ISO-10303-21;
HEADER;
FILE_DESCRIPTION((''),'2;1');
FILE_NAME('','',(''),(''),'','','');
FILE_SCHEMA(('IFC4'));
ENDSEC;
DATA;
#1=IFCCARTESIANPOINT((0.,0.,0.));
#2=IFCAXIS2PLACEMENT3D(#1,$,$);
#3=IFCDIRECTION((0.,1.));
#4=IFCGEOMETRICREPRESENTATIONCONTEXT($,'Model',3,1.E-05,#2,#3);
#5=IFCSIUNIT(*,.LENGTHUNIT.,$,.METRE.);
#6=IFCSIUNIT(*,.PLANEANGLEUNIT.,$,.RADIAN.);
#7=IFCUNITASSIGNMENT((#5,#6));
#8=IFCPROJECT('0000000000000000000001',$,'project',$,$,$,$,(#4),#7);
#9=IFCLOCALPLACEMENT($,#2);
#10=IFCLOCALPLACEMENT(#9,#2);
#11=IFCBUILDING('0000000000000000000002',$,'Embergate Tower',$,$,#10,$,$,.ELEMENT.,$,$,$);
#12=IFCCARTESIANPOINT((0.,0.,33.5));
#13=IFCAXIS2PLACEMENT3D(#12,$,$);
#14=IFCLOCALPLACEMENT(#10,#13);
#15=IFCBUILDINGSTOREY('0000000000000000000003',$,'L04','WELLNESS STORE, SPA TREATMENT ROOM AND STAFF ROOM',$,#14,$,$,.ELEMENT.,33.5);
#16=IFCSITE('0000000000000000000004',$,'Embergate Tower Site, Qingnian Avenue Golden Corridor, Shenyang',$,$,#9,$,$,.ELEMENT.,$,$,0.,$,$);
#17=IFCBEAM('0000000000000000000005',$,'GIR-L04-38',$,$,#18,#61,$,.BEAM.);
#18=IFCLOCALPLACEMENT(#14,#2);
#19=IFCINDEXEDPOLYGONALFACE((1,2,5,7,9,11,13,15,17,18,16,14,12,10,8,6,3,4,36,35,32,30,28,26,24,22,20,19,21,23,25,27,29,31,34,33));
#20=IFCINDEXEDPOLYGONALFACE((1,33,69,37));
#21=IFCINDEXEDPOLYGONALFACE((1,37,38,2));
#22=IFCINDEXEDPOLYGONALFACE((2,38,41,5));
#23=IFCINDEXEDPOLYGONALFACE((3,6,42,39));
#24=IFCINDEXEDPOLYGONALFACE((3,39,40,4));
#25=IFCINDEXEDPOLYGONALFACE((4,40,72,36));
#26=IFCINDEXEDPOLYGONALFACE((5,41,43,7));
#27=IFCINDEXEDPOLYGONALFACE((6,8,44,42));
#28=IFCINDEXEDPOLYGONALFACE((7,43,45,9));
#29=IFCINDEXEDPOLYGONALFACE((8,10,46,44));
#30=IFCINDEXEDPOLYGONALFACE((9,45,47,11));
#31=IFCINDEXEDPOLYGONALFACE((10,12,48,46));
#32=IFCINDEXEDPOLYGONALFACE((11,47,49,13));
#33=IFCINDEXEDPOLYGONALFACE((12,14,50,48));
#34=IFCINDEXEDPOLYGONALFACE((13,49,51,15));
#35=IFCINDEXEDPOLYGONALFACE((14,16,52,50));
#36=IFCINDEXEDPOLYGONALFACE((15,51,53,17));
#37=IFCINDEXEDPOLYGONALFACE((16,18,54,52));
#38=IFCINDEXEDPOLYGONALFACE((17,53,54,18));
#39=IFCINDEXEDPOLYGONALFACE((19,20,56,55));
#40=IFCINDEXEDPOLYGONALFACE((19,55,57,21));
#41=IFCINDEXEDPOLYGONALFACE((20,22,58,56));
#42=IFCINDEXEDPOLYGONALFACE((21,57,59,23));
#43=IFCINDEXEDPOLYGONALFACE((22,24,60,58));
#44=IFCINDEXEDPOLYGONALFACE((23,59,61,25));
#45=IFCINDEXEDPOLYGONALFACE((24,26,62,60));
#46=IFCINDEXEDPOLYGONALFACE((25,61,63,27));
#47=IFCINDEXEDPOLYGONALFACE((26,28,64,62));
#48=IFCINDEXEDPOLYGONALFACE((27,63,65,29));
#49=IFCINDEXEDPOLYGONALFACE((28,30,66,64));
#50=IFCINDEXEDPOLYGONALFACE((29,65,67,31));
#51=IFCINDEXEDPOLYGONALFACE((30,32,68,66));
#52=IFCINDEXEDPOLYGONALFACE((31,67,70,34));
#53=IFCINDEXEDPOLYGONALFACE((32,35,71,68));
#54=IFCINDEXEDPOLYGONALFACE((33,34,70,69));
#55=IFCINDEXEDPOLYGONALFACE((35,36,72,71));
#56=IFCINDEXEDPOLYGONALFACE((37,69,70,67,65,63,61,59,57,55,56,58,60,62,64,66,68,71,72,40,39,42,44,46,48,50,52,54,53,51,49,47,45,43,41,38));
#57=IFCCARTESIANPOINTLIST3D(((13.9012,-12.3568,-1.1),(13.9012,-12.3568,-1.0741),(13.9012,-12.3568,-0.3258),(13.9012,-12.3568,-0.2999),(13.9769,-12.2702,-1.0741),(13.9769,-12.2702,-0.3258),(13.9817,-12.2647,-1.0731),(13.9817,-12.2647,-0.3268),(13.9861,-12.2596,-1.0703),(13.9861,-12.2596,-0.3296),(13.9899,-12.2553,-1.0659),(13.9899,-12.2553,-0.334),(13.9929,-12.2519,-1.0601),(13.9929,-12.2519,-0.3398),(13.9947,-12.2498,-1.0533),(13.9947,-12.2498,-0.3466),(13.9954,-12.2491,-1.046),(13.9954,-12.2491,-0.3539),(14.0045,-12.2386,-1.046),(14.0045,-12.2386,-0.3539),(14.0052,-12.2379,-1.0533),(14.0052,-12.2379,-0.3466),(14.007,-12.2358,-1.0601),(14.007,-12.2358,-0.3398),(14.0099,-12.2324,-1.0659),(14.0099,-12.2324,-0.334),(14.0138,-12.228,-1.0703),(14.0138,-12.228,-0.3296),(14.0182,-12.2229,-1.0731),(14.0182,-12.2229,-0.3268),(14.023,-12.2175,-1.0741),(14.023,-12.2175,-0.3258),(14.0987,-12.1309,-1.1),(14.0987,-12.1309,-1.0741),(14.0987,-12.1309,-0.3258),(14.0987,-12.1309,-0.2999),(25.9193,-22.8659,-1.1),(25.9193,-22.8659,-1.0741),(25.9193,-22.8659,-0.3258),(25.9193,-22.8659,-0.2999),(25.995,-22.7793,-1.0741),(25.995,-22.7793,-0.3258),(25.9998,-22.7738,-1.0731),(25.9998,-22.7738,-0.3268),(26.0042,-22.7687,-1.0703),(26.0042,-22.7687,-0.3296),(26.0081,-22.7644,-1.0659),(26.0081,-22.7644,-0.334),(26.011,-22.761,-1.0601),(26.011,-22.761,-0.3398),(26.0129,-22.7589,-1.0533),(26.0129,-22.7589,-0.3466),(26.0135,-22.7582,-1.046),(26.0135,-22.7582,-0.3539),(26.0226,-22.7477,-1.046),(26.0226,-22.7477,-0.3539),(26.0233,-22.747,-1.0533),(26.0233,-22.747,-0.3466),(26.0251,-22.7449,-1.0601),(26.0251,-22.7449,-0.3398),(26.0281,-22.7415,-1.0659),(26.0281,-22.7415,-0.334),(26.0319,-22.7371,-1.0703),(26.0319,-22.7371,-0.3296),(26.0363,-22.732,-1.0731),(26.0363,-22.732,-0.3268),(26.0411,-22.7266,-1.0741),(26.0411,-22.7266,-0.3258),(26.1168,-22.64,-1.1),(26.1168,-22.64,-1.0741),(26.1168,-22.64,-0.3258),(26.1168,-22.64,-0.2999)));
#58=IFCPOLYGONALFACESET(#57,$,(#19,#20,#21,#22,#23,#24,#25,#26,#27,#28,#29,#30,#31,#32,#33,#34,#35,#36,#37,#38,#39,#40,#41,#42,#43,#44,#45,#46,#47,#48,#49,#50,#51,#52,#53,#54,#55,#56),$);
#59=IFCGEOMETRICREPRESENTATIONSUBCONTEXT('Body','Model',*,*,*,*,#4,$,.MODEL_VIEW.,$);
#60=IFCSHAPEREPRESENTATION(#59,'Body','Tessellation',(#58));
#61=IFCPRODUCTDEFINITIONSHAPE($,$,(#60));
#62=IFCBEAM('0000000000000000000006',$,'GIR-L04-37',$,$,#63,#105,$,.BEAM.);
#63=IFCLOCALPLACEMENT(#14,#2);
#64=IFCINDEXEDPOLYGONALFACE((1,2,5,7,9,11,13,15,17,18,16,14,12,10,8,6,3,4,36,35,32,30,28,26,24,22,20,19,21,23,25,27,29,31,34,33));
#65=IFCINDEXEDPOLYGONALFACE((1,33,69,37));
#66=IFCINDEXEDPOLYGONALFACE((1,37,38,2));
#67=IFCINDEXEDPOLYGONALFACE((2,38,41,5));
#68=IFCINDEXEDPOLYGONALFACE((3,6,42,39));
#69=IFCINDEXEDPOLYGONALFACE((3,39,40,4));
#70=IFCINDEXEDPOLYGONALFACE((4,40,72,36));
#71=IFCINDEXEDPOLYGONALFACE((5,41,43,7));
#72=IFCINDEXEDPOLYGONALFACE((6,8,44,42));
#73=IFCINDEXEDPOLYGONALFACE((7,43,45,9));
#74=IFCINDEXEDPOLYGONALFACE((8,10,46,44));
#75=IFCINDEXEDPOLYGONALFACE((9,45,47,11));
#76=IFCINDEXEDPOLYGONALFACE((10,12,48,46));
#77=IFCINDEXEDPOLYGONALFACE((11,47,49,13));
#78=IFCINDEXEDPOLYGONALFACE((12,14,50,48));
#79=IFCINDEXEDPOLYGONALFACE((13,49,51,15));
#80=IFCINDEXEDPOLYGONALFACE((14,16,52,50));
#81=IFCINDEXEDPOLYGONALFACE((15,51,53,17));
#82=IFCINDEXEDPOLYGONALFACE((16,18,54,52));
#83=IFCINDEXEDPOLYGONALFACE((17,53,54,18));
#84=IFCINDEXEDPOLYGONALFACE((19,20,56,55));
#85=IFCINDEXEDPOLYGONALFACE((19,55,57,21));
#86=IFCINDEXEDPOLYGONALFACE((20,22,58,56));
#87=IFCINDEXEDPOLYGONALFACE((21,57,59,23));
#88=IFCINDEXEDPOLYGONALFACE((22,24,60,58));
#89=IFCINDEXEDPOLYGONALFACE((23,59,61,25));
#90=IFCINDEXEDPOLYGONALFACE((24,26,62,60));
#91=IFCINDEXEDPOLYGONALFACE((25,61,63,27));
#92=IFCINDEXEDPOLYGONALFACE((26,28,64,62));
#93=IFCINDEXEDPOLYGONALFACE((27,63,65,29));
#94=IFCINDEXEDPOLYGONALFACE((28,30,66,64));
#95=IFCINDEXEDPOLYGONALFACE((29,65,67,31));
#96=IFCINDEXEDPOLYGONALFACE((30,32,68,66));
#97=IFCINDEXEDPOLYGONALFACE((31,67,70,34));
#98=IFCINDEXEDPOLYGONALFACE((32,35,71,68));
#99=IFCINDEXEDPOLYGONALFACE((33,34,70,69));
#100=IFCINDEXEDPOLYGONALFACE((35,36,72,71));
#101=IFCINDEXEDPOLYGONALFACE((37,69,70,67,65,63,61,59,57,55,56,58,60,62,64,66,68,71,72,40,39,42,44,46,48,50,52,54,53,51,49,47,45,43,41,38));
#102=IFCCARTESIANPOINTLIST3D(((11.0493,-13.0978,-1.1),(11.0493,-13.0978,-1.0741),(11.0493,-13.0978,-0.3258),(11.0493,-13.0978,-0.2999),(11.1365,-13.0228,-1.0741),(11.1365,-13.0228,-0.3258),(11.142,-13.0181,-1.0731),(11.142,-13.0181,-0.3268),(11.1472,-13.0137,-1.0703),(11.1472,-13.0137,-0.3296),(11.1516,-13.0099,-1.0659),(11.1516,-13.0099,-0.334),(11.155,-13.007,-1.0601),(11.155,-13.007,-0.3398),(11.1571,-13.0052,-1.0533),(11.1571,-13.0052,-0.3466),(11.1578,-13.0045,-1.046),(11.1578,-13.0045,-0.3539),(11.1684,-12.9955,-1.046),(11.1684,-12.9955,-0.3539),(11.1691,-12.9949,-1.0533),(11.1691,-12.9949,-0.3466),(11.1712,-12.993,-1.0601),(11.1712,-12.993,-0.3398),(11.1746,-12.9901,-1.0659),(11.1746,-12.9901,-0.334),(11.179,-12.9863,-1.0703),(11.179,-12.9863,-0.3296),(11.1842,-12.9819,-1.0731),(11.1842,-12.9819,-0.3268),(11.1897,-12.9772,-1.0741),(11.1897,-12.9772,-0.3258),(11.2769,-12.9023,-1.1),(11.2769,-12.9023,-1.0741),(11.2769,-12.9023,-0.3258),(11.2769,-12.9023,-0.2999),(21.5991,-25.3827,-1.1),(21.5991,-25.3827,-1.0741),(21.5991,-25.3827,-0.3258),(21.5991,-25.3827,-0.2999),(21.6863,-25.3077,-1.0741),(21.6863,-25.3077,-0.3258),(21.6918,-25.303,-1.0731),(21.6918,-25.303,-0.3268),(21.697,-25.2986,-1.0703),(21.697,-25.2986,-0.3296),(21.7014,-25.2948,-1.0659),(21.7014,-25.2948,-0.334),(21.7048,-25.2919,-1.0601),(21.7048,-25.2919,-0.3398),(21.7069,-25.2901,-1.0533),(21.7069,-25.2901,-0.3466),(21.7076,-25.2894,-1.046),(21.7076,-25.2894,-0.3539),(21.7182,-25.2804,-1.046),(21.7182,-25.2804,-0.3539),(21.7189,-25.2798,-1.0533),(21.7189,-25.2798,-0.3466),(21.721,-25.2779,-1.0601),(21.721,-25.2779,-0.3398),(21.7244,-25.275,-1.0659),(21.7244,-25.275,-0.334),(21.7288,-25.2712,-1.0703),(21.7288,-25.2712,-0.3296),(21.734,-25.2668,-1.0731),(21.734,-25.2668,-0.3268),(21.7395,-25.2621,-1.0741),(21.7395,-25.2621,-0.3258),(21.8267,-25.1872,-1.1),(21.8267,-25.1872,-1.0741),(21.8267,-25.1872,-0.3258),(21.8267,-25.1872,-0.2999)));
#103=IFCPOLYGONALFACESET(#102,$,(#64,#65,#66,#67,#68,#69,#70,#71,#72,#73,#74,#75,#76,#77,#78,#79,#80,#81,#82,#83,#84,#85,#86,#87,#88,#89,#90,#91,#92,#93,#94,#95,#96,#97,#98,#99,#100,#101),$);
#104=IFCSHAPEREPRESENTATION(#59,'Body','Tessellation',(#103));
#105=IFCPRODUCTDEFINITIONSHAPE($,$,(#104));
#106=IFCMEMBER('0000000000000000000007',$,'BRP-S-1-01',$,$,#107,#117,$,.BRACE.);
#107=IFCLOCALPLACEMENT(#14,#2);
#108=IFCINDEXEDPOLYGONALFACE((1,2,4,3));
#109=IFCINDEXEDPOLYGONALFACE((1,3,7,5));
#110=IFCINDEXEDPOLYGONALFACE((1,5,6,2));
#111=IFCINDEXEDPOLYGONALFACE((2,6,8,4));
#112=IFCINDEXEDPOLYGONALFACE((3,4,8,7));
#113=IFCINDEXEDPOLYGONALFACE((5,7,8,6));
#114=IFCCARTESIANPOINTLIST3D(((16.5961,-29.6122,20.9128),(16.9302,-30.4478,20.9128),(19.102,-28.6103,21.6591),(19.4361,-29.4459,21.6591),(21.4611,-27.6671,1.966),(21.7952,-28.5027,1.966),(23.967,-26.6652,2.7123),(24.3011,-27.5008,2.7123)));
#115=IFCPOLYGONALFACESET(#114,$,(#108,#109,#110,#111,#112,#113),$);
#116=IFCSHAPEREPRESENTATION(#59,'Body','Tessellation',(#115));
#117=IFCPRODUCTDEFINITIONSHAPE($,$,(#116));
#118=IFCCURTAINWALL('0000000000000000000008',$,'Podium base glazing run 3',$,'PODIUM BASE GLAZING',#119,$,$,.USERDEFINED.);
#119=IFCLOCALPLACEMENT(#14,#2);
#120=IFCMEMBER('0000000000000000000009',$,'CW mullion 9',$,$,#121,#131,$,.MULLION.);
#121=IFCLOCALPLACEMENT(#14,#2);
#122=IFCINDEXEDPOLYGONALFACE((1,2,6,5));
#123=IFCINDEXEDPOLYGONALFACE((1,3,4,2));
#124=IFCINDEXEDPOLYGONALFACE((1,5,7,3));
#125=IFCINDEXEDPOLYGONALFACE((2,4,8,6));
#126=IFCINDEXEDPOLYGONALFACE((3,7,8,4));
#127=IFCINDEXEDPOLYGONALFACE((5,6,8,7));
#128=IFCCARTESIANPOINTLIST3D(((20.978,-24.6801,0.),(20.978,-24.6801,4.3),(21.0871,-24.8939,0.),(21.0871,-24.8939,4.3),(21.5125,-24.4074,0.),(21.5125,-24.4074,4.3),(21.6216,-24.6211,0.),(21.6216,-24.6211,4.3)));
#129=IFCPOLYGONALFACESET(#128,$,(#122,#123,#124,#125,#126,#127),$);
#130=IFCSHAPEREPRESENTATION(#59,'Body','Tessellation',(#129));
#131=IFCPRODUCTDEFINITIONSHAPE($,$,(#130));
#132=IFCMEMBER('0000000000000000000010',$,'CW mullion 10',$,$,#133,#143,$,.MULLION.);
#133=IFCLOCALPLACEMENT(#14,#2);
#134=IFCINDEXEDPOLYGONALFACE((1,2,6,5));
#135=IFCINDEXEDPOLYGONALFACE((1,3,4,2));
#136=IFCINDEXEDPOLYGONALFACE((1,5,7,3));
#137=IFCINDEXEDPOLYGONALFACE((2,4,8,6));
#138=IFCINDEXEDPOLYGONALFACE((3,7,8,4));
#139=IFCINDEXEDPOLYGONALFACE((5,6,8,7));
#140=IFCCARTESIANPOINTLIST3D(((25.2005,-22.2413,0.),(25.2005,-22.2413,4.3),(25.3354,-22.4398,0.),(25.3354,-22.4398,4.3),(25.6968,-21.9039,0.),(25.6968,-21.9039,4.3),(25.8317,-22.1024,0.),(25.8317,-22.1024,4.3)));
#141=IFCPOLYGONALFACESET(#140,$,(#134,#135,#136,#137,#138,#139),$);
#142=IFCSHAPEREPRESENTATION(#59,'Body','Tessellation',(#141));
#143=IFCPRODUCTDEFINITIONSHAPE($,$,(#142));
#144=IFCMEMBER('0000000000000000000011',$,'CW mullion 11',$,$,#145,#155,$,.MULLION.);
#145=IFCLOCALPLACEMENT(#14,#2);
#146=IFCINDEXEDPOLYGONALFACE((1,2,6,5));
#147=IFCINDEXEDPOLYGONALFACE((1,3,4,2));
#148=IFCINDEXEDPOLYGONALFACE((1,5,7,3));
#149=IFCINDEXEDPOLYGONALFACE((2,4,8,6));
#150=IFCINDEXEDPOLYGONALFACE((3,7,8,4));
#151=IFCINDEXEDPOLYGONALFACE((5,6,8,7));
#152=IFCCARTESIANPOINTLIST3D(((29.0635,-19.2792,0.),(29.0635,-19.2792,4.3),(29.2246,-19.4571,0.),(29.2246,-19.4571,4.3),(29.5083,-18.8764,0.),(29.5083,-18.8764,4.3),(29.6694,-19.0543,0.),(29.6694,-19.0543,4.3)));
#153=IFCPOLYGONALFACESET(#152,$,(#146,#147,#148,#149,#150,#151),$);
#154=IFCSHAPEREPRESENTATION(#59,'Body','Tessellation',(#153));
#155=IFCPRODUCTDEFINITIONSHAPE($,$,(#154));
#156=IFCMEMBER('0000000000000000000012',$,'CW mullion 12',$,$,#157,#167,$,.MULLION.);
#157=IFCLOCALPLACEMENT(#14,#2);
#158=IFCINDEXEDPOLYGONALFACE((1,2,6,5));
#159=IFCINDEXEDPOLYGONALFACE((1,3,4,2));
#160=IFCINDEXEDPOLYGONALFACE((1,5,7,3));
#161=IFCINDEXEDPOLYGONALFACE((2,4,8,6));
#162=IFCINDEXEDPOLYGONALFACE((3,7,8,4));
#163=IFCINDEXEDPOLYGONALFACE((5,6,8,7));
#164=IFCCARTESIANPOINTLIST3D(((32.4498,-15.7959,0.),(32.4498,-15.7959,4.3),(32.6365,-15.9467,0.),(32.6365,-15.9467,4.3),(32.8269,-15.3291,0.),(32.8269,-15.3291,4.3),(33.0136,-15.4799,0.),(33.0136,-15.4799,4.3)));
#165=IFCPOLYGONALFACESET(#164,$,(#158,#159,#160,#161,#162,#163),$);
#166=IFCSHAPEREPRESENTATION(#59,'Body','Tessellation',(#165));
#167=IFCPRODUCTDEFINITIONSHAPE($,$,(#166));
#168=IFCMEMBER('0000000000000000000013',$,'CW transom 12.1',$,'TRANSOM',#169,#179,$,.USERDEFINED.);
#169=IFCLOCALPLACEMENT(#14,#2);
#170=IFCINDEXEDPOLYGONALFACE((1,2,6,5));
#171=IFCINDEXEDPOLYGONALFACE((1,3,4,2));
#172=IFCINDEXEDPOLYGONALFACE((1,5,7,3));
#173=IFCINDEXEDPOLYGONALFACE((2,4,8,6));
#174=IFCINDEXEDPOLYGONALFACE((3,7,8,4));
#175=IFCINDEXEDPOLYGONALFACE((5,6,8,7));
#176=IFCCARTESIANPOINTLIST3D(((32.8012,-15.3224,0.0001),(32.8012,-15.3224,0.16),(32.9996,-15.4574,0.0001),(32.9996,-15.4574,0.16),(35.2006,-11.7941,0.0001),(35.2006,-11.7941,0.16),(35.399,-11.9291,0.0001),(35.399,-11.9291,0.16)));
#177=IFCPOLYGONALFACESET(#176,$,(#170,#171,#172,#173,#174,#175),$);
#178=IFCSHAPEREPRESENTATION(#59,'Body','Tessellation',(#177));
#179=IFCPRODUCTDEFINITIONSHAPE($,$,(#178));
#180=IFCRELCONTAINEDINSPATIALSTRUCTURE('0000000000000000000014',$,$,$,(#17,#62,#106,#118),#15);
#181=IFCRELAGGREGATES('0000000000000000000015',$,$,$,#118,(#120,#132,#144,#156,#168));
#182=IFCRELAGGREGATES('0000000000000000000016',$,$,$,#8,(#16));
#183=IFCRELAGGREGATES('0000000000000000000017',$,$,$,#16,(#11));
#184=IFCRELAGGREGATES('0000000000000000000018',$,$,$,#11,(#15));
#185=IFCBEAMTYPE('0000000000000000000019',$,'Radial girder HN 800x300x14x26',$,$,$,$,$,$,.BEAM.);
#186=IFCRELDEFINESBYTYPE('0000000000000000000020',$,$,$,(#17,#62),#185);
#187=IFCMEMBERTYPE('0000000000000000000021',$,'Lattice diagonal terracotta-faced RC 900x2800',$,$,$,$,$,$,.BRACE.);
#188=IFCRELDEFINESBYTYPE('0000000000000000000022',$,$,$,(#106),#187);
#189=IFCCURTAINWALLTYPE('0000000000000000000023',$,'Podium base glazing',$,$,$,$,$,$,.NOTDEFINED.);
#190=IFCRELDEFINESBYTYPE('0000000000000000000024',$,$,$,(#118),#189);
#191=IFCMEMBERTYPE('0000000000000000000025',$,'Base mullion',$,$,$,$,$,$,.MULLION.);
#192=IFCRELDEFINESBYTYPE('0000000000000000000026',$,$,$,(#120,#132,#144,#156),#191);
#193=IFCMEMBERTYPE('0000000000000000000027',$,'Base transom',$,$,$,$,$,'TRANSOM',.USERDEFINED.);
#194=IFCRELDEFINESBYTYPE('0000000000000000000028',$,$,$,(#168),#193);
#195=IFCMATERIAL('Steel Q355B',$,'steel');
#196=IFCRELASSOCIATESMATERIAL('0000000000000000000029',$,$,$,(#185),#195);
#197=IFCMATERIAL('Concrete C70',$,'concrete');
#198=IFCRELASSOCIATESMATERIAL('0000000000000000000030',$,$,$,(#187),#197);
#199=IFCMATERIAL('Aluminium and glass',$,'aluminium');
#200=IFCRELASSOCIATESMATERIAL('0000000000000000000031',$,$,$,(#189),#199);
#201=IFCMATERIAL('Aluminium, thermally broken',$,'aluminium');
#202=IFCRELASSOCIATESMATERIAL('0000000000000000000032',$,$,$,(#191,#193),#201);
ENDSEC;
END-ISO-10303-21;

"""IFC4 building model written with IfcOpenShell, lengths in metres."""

from ifc_helpers import new_model, si_unit, direction, frame, origin, origin_2d, place, context, subcontext, project, spatial, rectangle, i_section, extrude, source, transform, mapped, material, material_profile, profile_set, type_object, element, aggregate, save


model = new_model("IFC4")

# Units and contexts
model_context = context("Model", 3, precision=1e-05, world=origin(), true_north=direction((0.0, 1.0)))
body_context = subcontext(model_context, "Body", "Model", "MODEL_VIEW")
ifc_project = project(units=[si_unit("LENGTHUNIT", "METRE"), si_unit("PLANEANGLEUNIT", "RADIAN")], contexts=[model_context])

# Site, building, storey
site_placement = place(None, origin())
site = spatial("IfcSite", under=ifc_project, at=site_placement, Name="Embergate Tower Site, Qingnian Avenue Golden Corridor, Shenyang", CompositionType="ELEMENT", RefElevation=0.0)
building_placement = place(site_placement, origin())
building = spatial("IfcBuilding", under=site, at=building_placement, Name="Embergate Tower", CompositionType="ELEMENT")
storey_placement = place(building_placement, frame((0.0, 0.0, 33.5)))
storey = spatial("IfcBuildingStorey", under=building, at=storey_placement, Name="L04", Description="WELLNESS STORE, SPA TREATMENT ROOM AND STAFF ROOM", CompositionType="ELEMENT", Elevation=33.5)

# Shared definitions
ifc_material_1 = material(Name="Concrete C70", Category="concrete")

# Beams
ifc_material_2 = material(Name="Steel Q355B", Category="steel")
ifc_material_profile_1 = material_profile(ifc_material_2, i_section(OverallWidth=0.3, OverallDepth=0.8, WebThickness=0.0139, FlangeThickness=0.0259, FilletRadius=0.0281, at=origin_2d()), Name="HN 800x300x14x26")
ifc_profile_set_1 = profile_set([ifc_material_profile_1], Name="Steel Q355 grade B")
beam_type_1 = type_object("IfcBeamType", Name="Radial girder HN 800x300x14x26", PredefinedType="BEAM", material=ifc_profile_set_1)
shared_shape_1 = source(origin(), body_context, "Body", "SweptSolid", [
    extrude(i_section(OverallWidth=0.3, OverallDepth=0.8, WebThickness=0.0139, FlangeThickness=0.0259, FilletRadius=0.0281, at=origin_2d()), origin(), (0.0, 0.0, 1.0), 15.9648),
])
beam_1_placement = place(storey_placement, frame((26.0181, -22.7529, -0.7), z_axis=(-0.752787, 0.658264, 0.0), x_axis=(-0.658264, -0.752787, 0.0)))
element("IfcBeam", 1, at=beam_1_placement, inside=storey, type_object=beam_type_1, Name="GIR-L04-38", PredefinedType="BEAM", context=body_context, shape_type="MappedRepresentation", body=[
    mapped(shared_shape_1, transform((0.0, 0.0, 0.0))),
])
shared_shape_2 = source(origin(), body_context, "Body", "SweptSolid", [
    extrude(i_section(OverallWidth=0.3, OverallDepth=0.8, WebThickness=0.0139, FlangeThickness=0.0259, FilletRadius=0.0281, at=origin_2d()), origin(), (0.0, 0.0, 1.0), 16.1931),
])
beam_2_placement = place(storey_placement, frame((21.7129, -25.2849, -0.7), z_axis=(-0.651499, 0.75865, 0.0), x_axis=(-0.75865, -0.651499, 0.0)))
element("IfcBeam", 2, at=beam_2_placement, inside=storey, type_object=beam_type_1, Name="GIR-L04-37", PredefinedType="BEAM", context=body_context, shape_type="MappedRepresentation", body=[
    mapped(shared_shape_2, transform((0.0, 0.0, 0.0))),
])

# Member
ifc_material_profile_2 = material_profile(ifc_material_1, rectangle(XDim=0.8999, YDim=2.8, at=origin_2d()), Name="RC 900x2800")
ifc_profile_set_2 = profile_set([ifc_material_profile_2], Name="Concrete C70")
member_type_1 = type_object("IfcMemberType", Name="Lattice diagonal terracotta-faced RC 900x2800", PredefinedType="BRACE", material=ifc_profile_set_2)
shared_shape_3 = source(origin(), body_context, "Body", "SweptSolid", [
    extrude(rectangle(XDim=0.8999, YDim=2.8, at=origin_2d()), origin(), (0.0, 0.0, 1.0), 19.658),
])
member_1_placement = place(storey_placement, frame((22.8811, -27.584, 2.3391), z_axis=(-0.247483, -0.098946, 0.963827), x_axis=(0.371238, -0.928538, 0.0)))
element("IfcMember", 3, at=member_1_placement, inside=storey, type_object=member_type_1, Name="BRP-S-1-01", PredefinedType="BRACE", context=body_context, shape_type="MappedRepresentation", body=[
    mapped(shared_shape_3, transform((0.0, 0.0, 0.0))),
])

# Curtain wall, members
ifc_material_3 = material(Name="Aluminium and glass", Category="aluminium")
curtain_wall_type = type_object("IfcCurtainWallType", Name="Podium base glazing", PredefinedType="NOTDEFINED", material=ifc_material_3)
curtain_wall_placement = place(storey_placement, origin())
curtain_wall = element("IfcCurtainWall", 4, at=curtain_wall_placement, inside=storey, type_object=curtain_wall_type, Name="Podium base glazing run 3", ObjectType="PODIUM BASE GLAZING", PredefinedType="USERDEFINED")
ifc_material_4 = material(Name="Aluminium, thermally broken", Category="aluminium")
ifc_material_profile_3 = material_profile(ifc_material_4, rectangle(XDim=0.24, YDim=0.6001, at=origin_2d()), Name="AL 600x240")
ifc_profile_set_3 = profile_set([ifc_material_profile_3], Name="Aluminium, thermally broken")
member_type_2 = type_object("IfcMemberType", Name="Base mullion", PredefinedType="MULLION", material=ifc_profile_set_3)
shared_shape_4 = source(origin(), body_context, "Body", "SweptSolid", [
    extrude(rectangle(XDim=0.24, YDim=0.6001, at=origin_2d()), origin(), (0.0, 0.0, 1.0), 4.3),
])
member_2_placement = place(storey_placement, frame((21.2998, -24.6506, 0.0), z_axis=(0.0, 0.0, 1.0), x_axis=(-0.454507, 0.890743, 0.0)))
member_2 = element("IfcMember", 5, at=member_2_placement, type_object=member_type_2, Name="CW mullion 9", PredefinedType="MULLION", context=body_context, shape_type="MappedRepresentation", body=[
    mapped(shared_shape_4, transform((0.0, 0.0, 0.0))),
])
member_3_placement = place(storey_placement, frame((25.5161, -22.1719, 0.0), z_axis=(0.0, 0.0, 1.0), x_axis=(-0.562213, 0.826992, 0.0)))
member_3 = element("IfcMember", 6, at=member_3_placement, type_object=member_type_2, Name="CW mullion 10", PredefinedType="MULLION", context=body_context, shape_type="MappedRepresentation", body=[
    mapped(shared_shape_4, transform((0.0, 0.0, 0.0))),
])
member_4_placement = place(storey_placement, frame((29.3665, -19.1667, 0.0), z_axis=(0.0, 0.0, 1.0), x_axis=(-0.671223, 0.741256, 0.0)))
member_4 = element("IfcMember", 7, at=member_4_placement, type_object=member_type_2, Name="CW mullion 11", PredefinedType="MULLION", context=body_context, shape_type="MappedRepresentation", body=[
    mapped(shared_shape_4, transform((0.0, 0.0, 0.0))),
])
member_5_placement = place(storey_placement, frame((32.7317, -15.6379, 0.0), z_axis=(0.0, 0.0, 1.0), x_axis=(-0.777869, 0.628426, 0.0)))
member_5 = element("IfcMember", 8, at=member_5_placement, type_object=member_type_2, Name="CW mullion 12", PredefinedType="MULLION", context=body_context, shape_type="MappedRepresentation", body=[
    mapped(shared_shape_4, transform((0.0, 0.0, 0.0))),
])
ifc_material_profile_4 = material_profile(ifc_material_4, rectangle(XDim=0.24, YDim=0.1599, at=origin_2d()), Name="AL 160x240")
ifc_profile_set_4 = profile_set([ifc_material_profile_4], Name="Aluminium, thermally broken")
member_type_3 = type_object("IfcMemberType", Name="Base transom", ElementType="TRANSOM", PredefinedType="USERDEFINED", material=ifc_profile_set_4)
shared_shape_5 = source(origin(), body_context, "Body", "SweptSolid", [
    extrude(rectangle(XDim=0.24, YDim=0.1599, at=origin_2d()), origin(), (0.0, 0.0, 1.0), 4.2668),
])
member_6_placement = place(storey_placement, frame((32.9004, -15.3899, 0.0801), z_axis=(0.562335, 0.826909, 0.0), x_axis=(-0.826909, 0.562335, 0.0)))
member_6 = element("IfcMember", 9, at=member_6_placement, type_object=member_type_3, Name="CW transom 12.1", ObjectType="TRANSOM", PredefinedType="USERDEFINED", context=body_context, shape_type="MappedRepresentation", body=[
    mapped(shared_shape_5, transform((0.0, 0.0, 0.0))),
])
aggregate(curtain_wall, [member_2, member_3, member_4, member_5, member_6])

save(model, "model.ifc")
